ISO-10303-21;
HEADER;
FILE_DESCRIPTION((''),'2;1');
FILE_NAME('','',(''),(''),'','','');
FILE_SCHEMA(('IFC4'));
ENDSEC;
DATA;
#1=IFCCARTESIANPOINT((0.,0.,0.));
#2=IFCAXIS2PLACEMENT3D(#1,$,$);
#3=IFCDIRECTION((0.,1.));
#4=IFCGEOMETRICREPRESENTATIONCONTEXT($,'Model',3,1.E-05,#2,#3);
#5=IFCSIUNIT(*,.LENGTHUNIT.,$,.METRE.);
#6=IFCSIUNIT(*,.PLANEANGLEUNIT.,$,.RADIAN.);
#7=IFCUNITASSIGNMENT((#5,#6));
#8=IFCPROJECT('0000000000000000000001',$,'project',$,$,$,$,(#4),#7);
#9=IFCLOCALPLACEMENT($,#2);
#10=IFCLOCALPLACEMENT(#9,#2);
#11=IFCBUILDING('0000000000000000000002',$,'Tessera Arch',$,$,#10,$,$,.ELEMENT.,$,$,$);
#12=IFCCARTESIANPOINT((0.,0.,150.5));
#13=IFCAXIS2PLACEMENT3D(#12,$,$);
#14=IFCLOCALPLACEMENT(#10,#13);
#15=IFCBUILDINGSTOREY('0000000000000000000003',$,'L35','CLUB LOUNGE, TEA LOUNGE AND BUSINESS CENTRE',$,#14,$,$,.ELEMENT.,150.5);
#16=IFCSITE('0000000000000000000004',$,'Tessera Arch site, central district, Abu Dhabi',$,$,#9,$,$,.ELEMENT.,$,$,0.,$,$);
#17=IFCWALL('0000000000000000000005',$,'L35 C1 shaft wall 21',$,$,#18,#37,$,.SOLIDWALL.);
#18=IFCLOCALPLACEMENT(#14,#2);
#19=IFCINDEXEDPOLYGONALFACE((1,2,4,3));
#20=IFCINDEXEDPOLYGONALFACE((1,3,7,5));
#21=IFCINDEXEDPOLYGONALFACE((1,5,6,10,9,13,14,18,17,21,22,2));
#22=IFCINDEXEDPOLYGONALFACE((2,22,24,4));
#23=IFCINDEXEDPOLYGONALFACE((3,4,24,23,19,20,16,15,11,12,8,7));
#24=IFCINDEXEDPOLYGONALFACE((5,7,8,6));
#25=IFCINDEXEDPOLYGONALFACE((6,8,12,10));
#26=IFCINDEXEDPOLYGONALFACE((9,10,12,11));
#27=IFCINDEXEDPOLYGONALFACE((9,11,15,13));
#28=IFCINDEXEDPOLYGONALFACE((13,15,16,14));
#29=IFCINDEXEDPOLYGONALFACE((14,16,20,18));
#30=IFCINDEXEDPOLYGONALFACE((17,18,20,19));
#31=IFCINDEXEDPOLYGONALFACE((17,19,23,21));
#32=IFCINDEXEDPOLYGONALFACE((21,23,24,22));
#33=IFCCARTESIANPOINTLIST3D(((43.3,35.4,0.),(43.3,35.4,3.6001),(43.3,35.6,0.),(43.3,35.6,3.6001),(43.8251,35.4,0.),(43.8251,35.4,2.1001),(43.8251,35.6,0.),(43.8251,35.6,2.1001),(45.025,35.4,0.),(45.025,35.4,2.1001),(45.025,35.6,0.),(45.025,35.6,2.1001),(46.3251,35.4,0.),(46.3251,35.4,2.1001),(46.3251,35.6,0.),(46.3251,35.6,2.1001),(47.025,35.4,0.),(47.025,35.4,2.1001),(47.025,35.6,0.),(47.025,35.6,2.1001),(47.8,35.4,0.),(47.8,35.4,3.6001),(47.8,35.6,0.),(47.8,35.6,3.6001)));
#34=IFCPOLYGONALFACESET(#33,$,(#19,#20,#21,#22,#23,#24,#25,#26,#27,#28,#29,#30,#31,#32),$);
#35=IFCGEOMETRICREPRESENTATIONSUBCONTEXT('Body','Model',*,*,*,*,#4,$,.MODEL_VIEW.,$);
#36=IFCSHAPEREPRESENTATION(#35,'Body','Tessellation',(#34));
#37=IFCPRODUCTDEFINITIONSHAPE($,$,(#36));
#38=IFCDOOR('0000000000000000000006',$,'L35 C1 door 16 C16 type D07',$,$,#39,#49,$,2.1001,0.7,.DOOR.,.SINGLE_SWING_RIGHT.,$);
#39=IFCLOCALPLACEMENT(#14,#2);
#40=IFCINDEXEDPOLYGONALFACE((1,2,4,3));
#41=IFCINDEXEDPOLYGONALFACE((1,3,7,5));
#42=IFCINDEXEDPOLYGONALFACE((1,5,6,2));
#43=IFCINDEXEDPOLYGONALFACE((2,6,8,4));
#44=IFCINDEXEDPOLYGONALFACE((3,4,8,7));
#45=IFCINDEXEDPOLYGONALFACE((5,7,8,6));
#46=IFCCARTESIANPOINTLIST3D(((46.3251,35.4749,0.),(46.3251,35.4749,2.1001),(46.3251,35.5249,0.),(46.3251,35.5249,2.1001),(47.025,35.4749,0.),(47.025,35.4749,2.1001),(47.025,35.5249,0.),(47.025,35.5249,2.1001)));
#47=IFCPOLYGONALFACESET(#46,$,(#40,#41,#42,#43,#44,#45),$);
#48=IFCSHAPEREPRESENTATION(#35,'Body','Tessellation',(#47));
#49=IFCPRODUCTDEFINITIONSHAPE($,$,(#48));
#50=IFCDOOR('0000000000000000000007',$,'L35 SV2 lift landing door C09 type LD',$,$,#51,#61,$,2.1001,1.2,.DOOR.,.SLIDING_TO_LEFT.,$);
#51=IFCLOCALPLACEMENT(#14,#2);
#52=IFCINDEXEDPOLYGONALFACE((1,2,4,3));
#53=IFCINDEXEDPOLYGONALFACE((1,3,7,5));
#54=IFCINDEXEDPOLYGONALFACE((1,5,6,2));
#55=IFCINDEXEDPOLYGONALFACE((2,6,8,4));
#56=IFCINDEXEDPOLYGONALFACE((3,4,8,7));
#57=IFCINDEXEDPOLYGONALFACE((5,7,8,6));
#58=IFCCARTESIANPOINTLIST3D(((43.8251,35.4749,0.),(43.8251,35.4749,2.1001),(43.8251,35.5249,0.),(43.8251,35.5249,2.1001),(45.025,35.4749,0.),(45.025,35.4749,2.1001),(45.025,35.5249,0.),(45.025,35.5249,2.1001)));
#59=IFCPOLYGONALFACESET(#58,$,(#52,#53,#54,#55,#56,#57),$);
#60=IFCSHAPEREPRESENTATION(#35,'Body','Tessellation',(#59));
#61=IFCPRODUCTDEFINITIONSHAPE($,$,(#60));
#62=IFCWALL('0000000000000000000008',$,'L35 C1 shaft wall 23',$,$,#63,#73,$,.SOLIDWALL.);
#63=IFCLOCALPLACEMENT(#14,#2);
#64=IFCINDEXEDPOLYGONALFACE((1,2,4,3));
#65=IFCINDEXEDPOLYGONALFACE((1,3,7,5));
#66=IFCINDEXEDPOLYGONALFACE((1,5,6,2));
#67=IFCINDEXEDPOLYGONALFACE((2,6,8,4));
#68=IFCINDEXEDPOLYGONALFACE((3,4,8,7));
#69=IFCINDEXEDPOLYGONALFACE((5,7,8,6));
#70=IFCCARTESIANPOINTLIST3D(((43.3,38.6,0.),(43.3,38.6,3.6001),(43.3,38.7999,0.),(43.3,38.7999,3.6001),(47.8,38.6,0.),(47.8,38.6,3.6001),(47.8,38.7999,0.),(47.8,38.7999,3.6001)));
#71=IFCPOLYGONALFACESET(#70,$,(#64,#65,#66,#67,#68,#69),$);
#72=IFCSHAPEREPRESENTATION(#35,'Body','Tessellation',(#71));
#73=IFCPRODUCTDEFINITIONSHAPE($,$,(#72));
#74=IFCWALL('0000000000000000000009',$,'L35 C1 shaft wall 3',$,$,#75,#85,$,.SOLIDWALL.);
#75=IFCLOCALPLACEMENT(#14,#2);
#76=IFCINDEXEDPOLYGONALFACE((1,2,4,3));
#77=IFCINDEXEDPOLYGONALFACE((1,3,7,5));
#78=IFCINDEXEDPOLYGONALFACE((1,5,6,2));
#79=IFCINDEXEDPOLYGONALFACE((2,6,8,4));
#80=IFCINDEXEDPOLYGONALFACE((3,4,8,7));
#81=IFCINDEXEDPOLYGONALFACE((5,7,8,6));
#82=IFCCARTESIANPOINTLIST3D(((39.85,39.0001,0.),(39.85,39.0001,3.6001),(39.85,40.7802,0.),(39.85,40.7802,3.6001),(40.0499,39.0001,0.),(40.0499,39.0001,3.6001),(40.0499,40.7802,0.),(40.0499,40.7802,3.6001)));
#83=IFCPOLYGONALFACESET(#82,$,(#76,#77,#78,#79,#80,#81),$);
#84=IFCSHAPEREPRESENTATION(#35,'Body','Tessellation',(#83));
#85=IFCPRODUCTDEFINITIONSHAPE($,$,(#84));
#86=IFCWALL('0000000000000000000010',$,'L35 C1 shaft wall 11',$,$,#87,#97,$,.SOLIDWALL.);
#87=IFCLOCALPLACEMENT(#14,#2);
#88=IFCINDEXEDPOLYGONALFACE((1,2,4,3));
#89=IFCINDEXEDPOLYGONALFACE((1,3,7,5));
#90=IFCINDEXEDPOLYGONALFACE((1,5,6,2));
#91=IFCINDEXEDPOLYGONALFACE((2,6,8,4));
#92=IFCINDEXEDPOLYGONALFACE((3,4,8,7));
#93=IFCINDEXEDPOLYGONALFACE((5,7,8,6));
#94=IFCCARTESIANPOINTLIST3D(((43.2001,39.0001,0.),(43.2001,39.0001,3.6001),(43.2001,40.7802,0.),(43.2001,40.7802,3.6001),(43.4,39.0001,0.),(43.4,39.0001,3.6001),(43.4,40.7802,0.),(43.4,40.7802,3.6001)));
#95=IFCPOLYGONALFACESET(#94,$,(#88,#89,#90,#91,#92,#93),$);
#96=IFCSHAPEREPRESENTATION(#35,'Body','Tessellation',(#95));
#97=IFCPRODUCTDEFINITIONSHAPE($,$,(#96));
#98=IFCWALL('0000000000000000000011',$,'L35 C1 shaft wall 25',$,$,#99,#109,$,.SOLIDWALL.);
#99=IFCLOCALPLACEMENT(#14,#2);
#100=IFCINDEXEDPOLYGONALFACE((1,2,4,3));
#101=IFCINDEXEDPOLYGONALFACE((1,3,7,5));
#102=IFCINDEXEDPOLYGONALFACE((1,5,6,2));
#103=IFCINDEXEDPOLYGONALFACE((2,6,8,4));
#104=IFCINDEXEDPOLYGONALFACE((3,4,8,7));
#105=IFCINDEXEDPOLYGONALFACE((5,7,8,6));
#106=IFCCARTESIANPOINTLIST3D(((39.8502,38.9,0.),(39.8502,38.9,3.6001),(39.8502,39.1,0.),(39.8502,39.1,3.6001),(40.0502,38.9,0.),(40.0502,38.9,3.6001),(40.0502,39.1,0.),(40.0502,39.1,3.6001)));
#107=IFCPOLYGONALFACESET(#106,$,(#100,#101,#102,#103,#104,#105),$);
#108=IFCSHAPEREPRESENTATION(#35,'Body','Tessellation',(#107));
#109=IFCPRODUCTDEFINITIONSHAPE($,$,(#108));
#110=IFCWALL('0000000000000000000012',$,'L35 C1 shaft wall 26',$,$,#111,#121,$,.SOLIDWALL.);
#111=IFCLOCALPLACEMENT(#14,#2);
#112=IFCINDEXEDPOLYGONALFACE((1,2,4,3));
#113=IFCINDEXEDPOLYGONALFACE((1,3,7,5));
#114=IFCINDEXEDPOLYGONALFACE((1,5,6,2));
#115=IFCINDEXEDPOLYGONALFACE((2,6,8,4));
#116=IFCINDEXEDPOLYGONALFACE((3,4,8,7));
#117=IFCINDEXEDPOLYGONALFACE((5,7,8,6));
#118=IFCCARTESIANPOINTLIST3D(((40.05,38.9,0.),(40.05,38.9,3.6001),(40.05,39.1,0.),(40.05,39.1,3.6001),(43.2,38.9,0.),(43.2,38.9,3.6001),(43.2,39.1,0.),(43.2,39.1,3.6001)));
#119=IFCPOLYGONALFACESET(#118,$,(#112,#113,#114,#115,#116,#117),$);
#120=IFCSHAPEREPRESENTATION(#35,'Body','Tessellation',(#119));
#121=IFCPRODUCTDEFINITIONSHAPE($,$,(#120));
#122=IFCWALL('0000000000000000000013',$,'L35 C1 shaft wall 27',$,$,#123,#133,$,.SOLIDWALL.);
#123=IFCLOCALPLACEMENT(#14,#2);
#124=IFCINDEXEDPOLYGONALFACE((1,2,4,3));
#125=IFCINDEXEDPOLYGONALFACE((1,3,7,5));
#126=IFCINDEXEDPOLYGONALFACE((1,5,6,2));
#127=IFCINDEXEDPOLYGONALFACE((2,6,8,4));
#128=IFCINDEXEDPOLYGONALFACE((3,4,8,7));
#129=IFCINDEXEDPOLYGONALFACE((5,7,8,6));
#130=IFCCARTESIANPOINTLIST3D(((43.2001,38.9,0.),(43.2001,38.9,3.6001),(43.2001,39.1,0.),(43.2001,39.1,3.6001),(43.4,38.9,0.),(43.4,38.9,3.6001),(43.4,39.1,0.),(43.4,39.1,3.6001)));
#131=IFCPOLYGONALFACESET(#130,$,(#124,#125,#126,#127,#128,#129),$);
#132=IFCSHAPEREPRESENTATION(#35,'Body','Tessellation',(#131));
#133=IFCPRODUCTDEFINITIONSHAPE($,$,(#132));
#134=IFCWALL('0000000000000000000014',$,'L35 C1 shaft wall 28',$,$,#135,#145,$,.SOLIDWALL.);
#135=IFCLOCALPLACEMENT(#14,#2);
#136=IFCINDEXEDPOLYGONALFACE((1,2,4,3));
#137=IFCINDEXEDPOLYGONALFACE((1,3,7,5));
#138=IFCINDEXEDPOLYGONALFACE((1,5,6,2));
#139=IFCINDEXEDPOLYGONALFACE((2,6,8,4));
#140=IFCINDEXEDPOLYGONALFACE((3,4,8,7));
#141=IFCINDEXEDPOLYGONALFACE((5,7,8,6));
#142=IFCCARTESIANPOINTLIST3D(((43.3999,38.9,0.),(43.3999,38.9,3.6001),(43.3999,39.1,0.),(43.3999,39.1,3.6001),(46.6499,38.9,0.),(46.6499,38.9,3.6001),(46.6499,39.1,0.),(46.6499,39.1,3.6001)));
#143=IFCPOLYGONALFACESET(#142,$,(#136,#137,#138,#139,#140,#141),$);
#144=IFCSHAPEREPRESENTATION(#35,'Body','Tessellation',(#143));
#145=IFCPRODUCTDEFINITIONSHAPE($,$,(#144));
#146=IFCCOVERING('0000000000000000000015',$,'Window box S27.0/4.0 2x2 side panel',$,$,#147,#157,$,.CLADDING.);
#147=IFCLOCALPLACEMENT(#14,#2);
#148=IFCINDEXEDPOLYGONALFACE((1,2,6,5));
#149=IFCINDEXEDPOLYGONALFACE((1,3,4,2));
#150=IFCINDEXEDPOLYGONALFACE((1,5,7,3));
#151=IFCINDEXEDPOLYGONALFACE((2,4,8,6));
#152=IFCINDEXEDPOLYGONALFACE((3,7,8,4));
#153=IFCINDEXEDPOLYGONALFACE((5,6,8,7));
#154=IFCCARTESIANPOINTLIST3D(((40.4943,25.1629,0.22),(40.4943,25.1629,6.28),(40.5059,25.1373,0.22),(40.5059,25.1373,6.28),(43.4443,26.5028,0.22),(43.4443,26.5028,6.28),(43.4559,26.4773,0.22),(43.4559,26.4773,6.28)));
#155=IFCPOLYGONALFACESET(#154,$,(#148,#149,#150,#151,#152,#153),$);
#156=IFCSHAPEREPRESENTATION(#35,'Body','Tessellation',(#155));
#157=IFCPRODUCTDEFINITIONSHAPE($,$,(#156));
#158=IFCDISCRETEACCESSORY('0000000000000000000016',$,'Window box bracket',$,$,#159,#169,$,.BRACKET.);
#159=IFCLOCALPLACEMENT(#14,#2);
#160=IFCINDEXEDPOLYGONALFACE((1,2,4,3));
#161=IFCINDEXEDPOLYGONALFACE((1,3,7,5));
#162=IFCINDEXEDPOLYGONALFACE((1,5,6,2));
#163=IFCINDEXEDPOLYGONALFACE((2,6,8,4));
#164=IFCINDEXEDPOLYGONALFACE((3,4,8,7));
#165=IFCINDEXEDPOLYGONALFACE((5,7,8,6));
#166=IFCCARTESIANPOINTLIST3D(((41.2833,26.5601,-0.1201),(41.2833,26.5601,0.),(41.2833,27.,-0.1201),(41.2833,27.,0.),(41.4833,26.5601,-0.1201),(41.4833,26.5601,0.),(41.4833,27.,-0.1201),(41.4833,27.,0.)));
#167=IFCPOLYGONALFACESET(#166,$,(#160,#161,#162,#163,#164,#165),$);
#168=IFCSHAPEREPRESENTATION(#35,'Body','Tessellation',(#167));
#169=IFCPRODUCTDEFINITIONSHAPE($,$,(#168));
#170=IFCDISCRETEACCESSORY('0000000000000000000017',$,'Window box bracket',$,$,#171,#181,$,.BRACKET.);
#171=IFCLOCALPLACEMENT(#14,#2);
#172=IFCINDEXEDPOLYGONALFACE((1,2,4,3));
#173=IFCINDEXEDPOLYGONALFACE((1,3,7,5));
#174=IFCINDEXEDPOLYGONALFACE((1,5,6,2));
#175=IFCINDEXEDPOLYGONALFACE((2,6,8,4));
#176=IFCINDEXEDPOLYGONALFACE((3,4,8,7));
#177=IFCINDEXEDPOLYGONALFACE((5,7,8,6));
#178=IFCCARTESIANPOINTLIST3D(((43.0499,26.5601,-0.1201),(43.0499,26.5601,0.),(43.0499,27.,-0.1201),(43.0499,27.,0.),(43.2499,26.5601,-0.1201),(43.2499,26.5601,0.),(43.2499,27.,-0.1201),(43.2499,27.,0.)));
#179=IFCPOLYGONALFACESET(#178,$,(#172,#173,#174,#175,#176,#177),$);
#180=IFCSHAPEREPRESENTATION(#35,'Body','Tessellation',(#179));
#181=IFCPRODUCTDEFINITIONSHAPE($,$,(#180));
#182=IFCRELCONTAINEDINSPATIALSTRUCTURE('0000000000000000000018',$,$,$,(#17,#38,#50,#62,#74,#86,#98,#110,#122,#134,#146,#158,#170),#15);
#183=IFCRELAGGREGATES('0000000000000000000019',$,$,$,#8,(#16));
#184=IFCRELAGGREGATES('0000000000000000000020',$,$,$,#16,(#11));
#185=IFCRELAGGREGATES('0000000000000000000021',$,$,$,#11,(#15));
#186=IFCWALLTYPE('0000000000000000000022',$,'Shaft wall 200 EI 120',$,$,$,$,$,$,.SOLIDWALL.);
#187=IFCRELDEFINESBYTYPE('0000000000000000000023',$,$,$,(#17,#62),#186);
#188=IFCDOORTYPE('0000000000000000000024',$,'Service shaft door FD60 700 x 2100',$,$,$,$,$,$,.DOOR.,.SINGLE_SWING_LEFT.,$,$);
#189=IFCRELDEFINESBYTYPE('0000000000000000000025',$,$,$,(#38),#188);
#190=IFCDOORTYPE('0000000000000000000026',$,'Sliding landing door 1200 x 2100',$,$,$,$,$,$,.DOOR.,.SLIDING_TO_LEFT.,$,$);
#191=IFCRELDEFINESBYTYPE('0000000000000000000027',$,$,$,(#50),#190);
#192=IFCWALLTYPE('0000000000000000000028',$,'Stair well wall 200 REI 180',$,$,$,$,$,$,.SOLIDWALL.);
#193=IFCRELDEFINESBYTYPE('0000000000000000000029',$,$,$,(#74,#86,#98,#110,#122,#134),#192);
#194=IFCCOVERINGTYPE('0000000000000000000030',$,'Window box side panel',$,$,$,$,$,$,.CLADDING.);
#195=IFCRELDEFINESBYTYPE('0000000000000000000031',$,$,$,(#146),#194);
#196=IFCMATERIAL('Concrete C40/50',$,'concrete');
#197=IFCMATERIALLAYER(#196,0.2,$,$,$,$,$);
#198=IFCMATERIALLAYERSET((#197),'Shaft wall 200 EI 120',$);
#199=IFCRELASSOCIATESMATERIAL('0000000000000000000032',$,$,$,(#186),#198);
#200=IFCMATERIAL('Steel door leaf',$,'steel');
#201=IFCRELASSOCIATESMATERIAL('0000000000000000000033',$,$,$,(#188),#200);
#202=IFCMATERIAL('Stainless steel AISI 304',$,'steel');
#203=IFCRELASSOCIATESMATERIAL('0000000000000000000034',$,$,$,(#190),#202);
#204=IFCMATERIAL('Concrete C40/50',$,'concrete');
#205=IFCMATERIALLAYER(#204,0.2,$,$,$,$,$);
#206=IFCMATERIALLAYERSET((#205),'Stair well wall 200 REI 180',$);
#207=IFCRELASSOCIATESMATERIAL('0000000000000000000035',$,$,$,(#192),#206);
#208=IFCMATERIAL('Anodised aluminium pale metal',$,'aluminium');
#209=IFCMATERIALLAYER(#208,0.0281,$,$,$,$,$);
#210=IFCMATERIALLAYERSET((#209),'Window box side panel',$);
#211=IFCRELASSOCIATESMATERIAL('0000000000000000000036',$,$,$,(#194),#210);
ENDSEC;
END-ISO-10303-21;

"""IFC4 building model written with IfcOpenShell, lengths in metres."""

from ifc_helpers import new_model, si_unit, direction, frame, frame_2d, origin, origin_2d, place, context, subcontext, project, spatial, rectangle, extrude, material, layer, layer_set, type_object, element, fill, save


model = new_model("IFC4")

# Units and contexts
model_context = context("Model", 3, precision=1e-05, world=origin(), true_north=direction((0.0, 1.0)))
body_context = subcontext(model_context, "Body", "Model", "MODEL_VIEW")
ifc_project = project(units=[si_unit("LENGTHUNIT", "METRE"), si_unit("PLANEANGLEUNIT", "RADIAN")], contexts=[model_context])

# Site, building, storey
site_placement = place(None, origin())
site = spatial("IfcSite", under=ifc_project, at=site_placement, Name="Tessera Arch site, central district, Abu Dhabi", CompositionType="ELEMENT", RefElevation=0.0)
building_placement = place(site_placement, origin())
building = spatial("IfcBuilding", under=site, at=building_placement, Name="Tessera Arch", CompositionType="ELEMENT")
storey_placement = place(building_placement, frame((0.0, 0.0, 150.5)))
storey = spatial("IfcBuildingStorey", under=building, at=storey_placement, Name="L35", Description="CLUB LOUNGE, TEA LOUNGE AND BUSINESS CENTRE", CompositionType="ELEMENT", Elevation=150.5)

# Shared definitions
ifc_material_1 = material(Name="Concrete C40/50", Category="concrete")
ifc_layer_1 = layer(ifc_material_1, 0.2)
ifc_layer_set_1 = layer_set([ifc_layer_1], Name="Shaft wall 200 EI 120")
wall_type_1 = type_object("IfcWallType", Name="Shaft wall 200 EI 120", PredefinedType="SOLIDWALL", material=ifc_layer_set_1)

# Wall, openings, doors
wall_1_placement = place(storey_placement, frame((43.3, 35.5, 0.0), z_axis=(0.0, 0.0, 1.0), x_axis=(1.0, 0.0, 0.0)))
wall_1 = element("IfcWall", 1, at=wall_1_placement, inside=storey, type_object=wall_type_1, Name="L35 C1 shaft wall 21", PredefinedType="SOLIDWALL", context=body_context, shape_type="SweptSolid", body=[
    extrude(rectangle(XDim=4.5, YDim=0.2, at=frame_2d((2.25, 0.0))), origin(), (0.0, 0.0, 1.0), 3.6001),
])
opening_1_placement = place(wall_1_placement, frame((0.5249, 0.0, 0.0)))
opening_1 = element("IfcOpeningElement", 2, at=opening_1_placement, cuts=wall_1, PredefinedType="OPENING", context=body_context, shape_type="SweptSolid", body=[
    extrude(rectangle(XDim=1.2, YDim=2.1001, at=frame_2d((0.6001, 1.05))), frame((0.0, 0.1099, 0.0), z_axis=(0.0, -1.0, 0.0), x_axis=(1.0, 0.0, 0.0)), (0.0, 0.0, 1.0), 0.22),
])
opening_2_placement = place(wall_1_placement, frame((3.0249, 0.0, 0.0)))
opening_2 = element("IfcOpeningElement", 3, at=opening_2_placement, cuts=wall_1, PredefinedType="OPENING", context=body_context, shape_type="SweptSolid", body=[
    extrude(rectangle(XDim=0.7, YDim=2.1001, at=frame_2d((0.3501, 1.05))), frame((0.0, 0.1099, 0.0), z_axis=(0.0, -1.0, 0.0), x_axis=(1.0, 0.0, 0.0)), (0.0, 0.0, 1.0), 0.22),
])
ifc_material_2 = material(Name="Steel door leaf", Category="steel")
door_type_1 = type_object("IfcDoorType", Name="Service shaft door FD60 700 x 2100", OperationType="SINGLE_SWING_LEFT", PredefinedType="DOOR", material=ifc_material_2)
door_1_placement = place(opening_2_placement, origin())
door_1 = element("IfcDoor", 4, at=door_1_placement, inside=storey, type_object=door_type_1, Name="L35 C1 door 16 C16 type D07", OperationType="SINGLE_SWING_RIGHT", OverallHeight=2.1001, OverallWidth=0.7, PredefinedType="DOOR", context=body_context, shape_type="SweptSolid", body=[
    extrude(rectangle(XDim=0.7, YDim=2.1001, at=frame_2d((0.3501, 1.05))), frame((0.0, 0.0249, 0.0), z_axis=(0.0, -1.0, 0.0), x_axis=(1.0, 0.0, 0.0)), (0.0, 0.0, 1.0), 0.05),
])
fill(opening_2, door_1)
ifc_material_3 = material(Name="Stainless steel AISI 304", Category="steel")
door_type_2 = type_object("IfcDoorType", Name="Sliding landing door 1200 x 2100", OperationType="SLIDING_TO_LEFT", PredefinedType="DOOR", material=ifc_material_3)
door_2_placement = place(opening_1_placement, origin())
door_2 = element("IfcDoor", 5, at=door_2_placement, inside=storey, type_object=door_type_2, Name="L35 SV2 lift landing door C09 type LD", OperationType="SLIDING_TO_LEFT", OverallHeight=2.1001, OverallWidth=1.2, PredefinedType="DOOR", context=body_context, shape_type="SweptSolid", body=[
    extrude(rectangle(XDim=1.2, YDim=2.1001, at=frame_2d((0.6001, 1.05))), frame((0.0, 0.0249, 0.0), z_axis=(0.0, -1.0, 0.0), x_axis=(1.0, 0.0, 0.0)), (0.0, 0.0, 1.0), 0.05),
])
fill(opening_1, door_2)

# Walls
wall_2_placement = place(storey_placement, frame((43.3, 38.7, 0.0), z_axis=(0.0, 0.0, 1.0), x_axis=(1.0, 0.0, 0.0)))
element("IfcWall", 6, at=wall_2_placement, inside=storey, type_object=wall_type_1, Name="L35 C1 shaft wall 23", PredefinedType="SOLIDWALL", context=body_context, shape_type="SweptSolid", body=[
    extrude(rectangle(XDim=4.5, YDim=0.2, at=frame_2d((2.25, 0.0))), origin(), (0.0, 0.0, 1.0), 3.6001),
])
ifc_material_4 = material(Name="Concrete C40/50", Category="concrete")
ifc_layer_2 = layer(ifc_material_4, 0.2)
ifc_layer_set_2 = layer_set([ifc_layer_2], Name="Stair well wall 200 REI 180")
wall_type_2 = type_object("IfcWallType", Name="Stair well wall 200 REI 180", PredefinedType="SOLIDWALL", material=ifc_layer_set_2)
for number, where, z_axis, x_axis, name in (
    (7, (39.95, 39.0, 0.0), (0.0, 0.0, 1.0), (0.0, 1.0, 0.0), "L35 C1 shaft wall 3"),
    (8, (43.3, 39.0, 0.0), (0.0, 0.0, 1.0), (0.0, 1.0, 0.0), "L35 C1 shaft wall 11"),
):
    element("IfcWall", number, at=place(storey_placement, frame(where, z_axis=z_axis, x_axis=x_axis)), inside=storey, type_object=wall_type_2, Name=name, PredefinedType="SOLIDWALL", context=body_context, shape_type="SweptSolid", body=[
        extrude(rectangle(XDim=1.78, YDim=0.2, at=frame_2d((0.8901, 0.0))), origin(), (0.0, 0.0, 1.0), 3.6001),
    ])
wall_3_placement = place(storey_placement, frame((39.8501, 39.0, 0.0), z_axis=(0.0, 0.0, 1.0), x_axis=(1.0, 0.0, 0.0)))
element("IfcWall", 9, at=wall_3_placement, inside=storey, type_object=wall_type_2, Name="L35 C1 shaft wall 25", PredefinedType="SOLIDWALL", context=body_context, shape_type="SweptSolid", body=[
    extrude(rectangle(XDim=0.2, YDim=0.2, at=frame_2d((0.1001, 0.0))), origin(), (0.0, 0.0, 1.0), 3.6001),
])
wall_4_placement = place(storey_placement, frame((40.05, 39.0, 0.0), z_axis=(0.0, 0.0, 1.0), x_axis=(1.0, 0.0, 0.0)))
element("IfcWall", 10, at=wall_4_placement, inside=storey, type_object=wall_type_2, Name="L35 C1 shaft wall 26", PredefinedType="SOLIDWALL", context=body_context, shape_type="SweptSolid", body=[
    extrude(rectangle(XDim=3.1499, YDim=0.2, at=frame_2d((1.575, 0.0))), origin(), (0.0, 0.0, 1.0), 3.6001),
])
wall_5_placement = place(storey_placement, frame((43.2, 39.0, 0.0), z_axis=(0.0, 0.0, 1.0), x_axis=(1.0, 0.0, 0.0)))
element("IfcWall", 11, at=wall_5_placement, inside=storey, type_object=wall_type_2, Name="L35 C1 shaft wall 27", PredefinedType="SOLIDWALL", context=body_context, shape_type="SweptSolid", body=[
    extrude(rectangle(XDim=0.2, YDim=0.2, at=frame_2d((0.1001, 0.0))), origin(), (0.0, 0.0, 1.0), 3.6001),
])
wall_6_placement = place(storey_placement, frame((43.3999, 39.0, 0.0), z_axis=(0.0, 0.0, 1.0), x_axis=(1.0, 0.0, 0.0)))
element("IfcWall", 12, at=wall_6_placement, inside=storey, type_object=wall_type_2, Name="L35 C1 shaft wall 28", PredefinedType="SOLIDWALL", context=body_context, shape_type="SweptSolid", body=[
    extrude(rectangle(XDim=3.25, YDim=0.2, at=frame_2d((1.625, 0.0))), origin(), (0.0, 0.0, 1.0), 3.6001),
])

# Covering
ifc_material_5 = material(Name="Anodised aluminium pale metal", Category="aluminium")
ifc_layer_3 = layer(ifc_material_5, 0.0281)
ifc_layer_set_3 = layer_set([ifc_layer_3], Name="Window box side panel")
covering_type = type_object("IfcCoveringType", Name="Window box side panel", PredefinedType="CLADDING", material=ifc_layer_set_3)
covering_placement = place(storey_placement, frame((41.9751, 25.8201, 0.22), z_axis=(0.0, 0.0, 1.0), x_axis=(-0.910472, -0.41357, 0.0)))
element("IfcCovering", 13, at=covering_placement, inside=storey, type_object=covering_type, Name="Window box S27.0/4.0 2x2 side panel", PredefinedType="CLADDING", context=body_context, shape_type="SweptSolid", body=[
    extrude(rectangle(XDim=3.24, YDim=0.0281, at=origin_2d()), origin(), (0.0, 0.0, 1.0), 6.0601),
])

# Discrete accessories
for number, where, z_axis, x_axis, name in (
    (14, (41.3833, 26.78, -0.1201), (0.0, 0.0, 1.0), (0.0, -1.0, 0.0), "Window box bracket"),
    (15, (43.1499, 26.78, -0.1201), (0.0, 0.0, 1.0), (0.0, -1.0, 0.0), "Window box bracket"),
):
    element("IfcDiscreteAccessory", number, at=place(storey_placement, frame(where, z_axis=z_axis, x_axis=x_axis)), inside=storey, Name=name, PredefinedType="BRACKET", context=body_context, shape_type="SweptSolid", body=[
        extrude(rectangle(XDim=0.4399, YDim=0.2, at=origin_2d()), origin(), (0.0, 0.0, 1.0), 0.1201),
    ])

save(model, "model.ifc")
